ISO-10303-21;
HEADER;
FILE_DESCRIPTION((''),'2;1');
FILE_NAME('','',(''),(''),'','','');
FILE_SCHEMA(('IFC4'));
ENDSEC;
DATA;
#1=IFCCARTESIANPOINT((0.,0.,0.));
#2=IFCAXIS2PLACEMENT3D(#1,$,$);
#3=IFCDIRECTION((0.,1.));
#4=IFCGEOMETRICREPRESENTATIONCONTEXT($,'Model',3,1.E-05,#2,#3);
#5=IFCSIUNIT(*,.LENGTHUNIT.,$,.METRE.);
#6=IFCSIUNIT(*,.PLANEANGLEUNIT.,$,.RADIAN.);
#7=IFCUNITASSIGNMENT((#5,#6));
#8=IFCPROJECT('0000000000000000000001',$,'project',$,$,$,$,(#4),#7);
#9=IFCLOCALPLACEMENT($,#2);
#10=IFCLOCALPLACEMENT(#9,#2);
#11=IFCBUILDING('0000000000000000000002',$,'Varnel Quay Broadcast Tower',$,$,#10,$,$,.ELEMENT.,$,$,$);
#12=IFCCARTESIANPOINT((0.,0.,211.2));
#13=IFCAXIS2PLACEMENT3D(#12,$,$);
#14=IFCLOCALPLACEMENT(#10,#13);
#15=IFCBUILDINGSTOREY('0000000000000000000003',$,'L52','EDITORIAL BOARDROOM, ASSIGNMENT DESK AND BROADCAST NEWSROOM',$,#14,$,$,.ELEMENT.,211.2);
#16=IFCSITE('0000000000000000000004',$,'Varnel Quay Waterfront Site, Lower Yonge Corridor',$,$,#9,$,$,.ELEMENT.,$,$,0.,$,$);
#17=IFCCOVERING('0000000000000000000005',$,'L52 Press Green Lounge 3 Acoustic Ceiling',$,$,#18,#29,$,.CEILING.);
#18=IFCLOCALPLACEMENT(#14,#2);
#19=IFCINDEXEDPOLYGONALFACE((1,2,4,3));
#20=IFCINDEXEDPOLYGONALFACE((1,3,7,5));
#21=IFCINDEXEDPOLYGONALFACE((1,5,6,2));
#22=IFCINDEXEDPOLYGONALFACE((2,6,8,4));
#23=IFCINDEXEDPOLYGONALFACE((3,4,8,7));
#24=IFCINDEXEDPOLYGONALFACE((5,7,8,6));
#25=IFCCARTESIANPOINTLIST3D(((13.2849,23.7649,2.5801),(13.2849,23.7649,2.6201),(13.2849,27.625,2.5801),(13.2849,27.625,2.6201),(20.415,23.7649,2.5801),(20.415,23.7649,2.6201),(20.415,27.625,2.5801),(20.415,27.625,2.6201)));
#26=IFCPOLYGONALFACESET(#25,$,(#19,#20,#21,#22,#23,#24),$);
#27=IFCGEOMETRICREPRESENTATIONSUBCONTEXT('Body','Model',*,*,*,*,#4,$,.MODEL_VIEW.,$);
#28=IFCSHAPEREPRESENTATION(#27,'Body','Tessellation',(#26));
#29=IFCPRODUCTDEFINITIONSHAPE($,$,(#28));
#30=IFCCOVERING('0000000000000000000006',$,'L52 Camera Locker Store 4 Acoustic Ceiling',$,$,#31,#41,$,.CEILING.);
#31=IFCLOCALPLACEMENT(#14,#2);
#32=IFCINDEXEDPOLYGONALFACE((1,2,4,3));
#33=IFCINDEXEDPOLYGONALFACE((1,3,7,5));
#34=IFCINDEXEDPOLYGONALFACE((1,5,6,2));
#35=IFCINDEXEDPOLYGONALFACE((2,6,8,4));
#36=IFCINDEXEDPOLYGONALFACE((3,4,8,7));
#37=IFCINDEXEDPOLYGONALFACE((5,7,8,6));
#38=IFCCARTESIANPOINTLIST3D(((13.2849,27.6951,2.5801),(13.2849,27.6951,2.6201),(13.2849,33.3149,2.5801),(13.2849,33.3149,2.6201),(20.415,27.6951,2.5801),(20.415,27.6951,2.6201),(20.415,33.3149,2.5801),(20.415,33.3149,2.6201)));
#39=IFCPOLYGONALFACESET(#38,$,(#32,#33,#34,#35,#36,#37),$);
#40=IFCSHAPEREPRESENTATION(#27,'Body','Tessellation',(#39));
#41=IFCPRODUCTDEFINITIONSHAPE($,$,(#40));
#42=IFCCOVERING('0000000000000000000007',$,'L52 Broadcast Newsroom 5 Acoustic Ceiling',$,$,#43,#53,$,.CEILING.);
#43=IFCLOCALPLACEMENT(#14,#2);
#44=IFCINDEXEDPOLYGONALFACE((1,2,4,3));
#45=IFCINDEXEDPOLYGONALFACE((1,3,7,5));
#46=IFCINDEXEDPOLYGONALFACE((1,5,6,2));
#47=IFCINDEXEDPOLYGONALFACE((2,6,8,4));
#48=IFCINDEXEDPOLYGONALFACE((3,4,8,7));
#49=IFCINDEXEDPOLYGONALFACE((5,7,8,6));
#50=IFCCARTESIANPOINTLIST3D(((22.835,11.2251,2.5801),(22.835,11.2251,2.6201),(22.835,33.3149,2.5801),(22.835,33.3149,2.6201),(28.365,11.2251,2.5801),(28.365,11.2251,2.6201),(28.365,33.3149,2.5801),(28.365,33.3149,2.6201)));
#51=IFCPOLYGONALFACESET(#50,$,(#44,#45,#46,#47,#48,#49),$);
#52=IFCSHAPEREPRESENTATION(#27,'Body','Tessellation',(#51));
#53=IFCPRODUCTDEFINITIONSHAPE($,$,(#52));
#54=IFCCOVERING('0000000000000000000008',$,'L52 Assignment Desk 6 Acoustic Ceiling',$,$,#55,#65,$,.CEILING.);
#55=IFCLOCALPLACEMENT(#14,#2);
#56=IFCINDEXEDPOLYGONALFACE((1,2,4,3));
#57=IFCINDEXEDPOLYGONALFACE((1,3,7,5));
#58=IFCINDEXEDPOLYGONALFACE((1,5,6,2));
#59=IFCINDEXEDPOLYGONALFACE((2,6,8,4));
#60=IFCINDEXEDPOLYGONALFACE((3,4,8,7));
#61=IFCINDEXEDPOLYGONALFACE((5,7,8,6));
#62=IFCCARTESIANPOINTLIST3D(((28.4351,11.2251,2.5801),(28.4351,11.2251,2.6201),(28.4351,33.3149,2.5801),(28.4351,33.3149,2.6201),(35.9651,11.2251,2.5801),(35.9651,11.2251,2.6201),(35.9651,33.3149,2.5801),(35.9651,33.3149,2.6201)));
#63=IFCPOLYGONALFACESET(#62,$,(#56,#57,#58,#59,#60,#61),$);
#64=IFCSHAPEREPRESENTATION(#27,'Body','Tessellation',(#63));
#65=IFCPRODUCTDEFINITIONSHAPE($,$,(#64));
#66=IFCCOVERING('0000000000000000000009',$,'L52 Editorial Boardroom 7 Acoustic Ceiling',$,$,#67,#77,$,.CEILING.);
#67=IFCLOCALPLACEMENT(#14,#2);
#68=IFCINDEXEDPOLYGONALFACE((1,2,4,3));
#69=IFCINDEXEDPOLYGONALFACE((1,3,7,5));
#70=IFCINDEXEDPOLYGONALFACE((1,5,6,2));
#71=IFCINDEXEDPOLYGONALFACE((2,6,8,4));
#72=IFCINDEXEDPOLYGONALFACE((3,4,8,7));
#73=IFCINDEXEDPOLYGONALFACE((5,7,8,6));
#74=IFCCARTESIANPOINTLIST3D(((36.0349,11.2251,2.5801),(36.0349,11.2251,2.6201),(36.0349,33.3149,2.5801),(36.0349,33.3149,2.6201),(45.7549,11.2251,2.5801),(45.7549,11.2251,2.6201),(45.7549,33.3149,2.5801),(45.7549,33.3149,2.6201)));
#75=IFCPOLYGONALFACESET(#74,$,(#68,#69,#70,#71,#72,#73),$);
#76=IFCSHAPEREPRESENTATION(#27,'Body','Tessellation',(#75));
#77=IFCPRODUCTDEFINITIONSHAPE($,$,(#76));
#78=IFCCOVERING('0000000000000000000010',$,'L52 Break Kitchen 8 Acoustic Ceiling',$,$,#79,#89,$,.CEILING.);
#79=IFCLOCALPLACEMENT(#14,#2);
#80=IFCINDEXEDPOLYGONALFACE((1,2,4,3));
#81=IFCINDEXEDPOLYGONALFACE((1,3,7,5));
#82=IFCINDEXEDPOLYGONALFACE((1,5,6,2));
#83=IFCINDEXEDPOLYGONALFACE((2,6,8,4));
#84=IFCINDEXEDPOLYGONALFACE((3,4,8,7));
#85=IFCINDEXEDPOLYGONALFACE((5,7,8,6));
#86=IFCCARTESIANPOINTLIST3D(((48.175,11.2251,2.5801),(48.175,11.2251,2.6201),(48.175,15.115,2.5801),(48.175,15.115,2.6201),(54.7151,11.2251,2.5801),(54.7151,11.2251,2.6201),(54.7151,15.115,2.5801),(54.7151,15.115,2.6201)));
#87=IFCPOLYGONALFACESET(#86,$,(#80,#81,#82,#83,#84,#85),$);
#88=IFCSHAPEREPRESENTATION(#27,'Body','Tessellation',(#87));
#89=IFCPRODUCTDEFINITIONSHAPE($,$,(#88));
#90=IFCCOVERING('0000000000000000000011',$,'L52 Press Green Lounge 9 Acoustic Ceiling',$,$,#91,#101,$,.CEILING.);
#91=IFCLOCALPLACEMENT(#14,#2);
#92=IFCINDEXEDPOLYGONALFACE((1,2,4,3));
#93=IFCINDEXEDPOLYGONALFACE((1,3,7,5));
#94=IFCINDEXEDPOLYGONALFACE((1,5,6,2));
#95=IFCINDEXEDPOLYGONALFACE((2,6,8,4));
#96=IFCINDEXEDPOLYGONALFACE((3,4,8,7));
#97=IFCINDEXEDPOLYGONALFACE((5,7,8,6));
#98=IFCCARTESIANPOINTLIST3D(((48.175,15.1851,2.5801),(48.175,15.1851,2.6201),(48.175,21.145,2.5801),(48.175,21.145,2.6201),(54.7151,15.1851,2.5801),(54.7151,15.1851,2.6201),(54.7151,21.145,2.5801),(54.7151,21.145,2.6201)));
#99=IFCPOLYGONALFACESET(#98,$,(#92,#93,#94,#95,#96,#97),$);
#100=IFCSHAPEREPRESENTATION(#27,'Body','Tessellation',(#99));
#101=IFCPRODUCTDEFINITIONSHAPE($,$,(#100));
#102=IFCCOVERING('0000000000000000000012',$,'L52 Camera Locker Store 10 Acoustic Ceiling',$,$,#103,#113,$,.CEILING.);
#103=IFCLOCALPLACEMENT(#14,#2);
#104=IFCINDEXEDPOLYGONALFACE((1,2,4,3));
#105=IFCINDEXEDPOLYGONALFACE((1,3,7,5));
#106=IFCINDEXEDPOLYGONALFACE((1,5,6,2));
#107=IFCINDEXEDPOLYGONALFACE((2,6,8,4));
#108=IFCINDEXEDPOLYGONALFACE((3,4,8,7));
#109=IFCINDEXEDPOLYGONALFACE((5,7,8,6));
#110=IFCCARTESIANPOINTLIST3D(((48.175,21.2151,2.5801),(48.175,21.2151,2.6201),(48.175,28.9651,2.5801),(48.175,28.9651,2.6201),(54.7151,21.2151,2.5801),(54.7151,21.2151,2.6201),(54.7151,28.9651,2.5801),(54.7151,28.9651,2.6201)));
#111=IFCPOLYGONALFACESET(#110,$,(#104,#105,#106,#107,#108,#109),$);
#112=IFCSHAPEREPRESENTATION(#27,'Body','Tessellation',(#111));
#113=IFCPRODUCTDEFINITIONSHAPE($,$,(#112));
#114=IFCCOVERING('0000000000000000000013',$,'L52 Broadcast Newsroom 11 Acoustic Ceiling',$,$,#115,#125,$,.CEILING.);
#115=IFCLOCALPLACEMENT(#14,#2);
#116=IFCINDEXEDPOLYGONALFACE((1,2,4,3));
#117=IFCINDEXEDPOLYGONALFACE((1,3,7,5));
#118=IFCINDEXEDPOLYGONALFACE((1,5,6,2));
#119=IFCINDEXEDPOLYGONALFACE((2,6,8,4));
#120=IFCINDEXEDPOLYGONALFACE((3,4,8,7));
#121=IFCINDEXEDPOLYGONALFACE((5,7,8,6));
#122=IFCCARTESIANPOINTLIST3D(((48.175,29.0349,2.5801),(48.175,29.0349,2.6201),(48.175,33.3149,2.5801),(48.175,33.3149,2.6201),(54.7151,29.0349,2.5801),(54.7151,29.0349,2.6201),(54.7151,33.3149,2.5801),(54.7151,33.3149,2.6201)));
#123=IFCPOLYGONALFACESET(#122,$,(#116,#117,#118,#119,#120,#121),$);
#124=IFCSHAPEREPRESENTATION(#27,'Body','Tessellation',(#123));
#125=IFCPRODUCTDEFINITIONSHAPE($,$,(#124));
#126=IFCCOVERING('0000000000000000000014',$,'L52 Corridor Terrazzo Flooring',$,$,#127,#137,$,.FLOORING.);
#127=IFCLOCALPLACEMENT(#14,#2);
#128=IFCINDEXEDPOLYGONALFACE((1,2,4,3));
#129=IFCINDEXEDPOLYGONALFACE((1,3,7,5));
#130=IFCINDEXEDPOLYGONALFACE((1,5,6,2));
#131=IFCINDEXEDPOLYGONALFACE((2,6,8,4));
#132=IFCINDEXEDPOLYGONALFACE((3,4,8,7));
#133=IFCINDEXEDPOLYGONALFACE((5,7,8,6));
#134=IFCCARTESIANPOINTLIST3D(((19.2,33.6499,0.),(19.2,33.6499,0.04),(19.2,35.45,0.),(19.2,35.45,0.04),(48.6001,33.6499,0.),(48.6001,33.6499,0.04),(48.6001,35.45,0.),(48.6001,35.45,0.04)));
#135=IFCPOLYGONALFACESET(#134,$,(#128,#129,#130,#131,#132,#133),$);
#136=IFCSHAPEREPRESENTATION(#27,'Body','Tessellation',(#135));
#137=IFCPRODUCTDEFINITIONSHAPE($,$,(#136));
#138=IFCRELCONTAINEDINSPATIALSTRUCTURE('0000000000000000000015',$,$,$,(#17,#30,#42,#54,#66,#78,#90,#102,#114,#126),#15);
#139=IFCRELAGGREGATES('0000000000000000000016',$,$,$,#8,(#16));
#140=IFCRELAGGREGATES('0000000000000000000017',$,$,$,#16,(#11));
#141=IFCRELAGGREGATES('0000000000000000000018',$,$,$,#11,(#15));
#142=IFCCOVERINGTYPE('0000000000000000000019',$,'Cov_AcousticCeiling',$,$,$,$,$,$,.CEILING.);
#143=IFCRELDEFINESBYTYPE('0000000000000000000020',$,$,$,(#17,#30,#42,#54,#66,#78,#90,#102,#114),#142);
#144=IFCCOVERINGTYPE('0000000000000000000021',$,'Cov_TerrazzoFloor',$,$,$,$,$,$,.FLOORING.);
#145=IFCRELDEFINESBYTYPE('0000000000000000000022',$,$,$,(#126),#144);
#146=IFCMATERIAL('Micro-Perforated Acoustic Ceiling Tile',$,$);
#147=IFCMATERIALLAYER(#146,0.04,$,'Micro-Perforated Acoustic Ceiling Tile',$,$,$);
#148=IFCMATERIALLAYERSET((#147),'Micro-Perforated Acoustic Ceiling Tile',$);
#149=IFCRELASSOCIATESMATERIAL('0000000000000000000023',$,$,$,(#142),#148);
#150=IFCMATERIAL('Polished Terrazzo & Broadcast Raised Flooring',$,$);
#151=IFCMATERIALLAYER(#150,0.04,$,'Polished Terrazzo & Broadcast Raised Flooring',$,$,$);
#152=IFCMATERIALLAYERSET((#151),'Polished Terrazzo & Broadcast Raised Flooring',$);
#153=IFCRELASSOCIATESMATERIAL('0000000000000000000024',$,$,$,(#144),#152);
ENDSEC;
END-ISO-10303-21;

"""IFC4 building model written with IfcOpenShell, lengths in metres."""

from ifc_helpers import new_model, si_unit, direction, frame, origin, place, context, subcontext, project, spatial, polyline, outline, extrude, material, layer, layer_set, type_object, element, save


model = new_model("IFC4")

# Units and contexts
model_context = context("Model", 3, precision=1e-05, world=origin(), true_north=direction((0.0, 1.0)))
body_context = subcontext(model_context, "Body", "Model", "MODEL_VIEW")
ifc_project = project(units=[si_unit("LENGTHUNIT", "METRE"), si_unit("PLANEANGLEUNIT", "RADIAN")], contexts=[model_context])

# Site, building, storey
site_placement = place(None, origin())
site = spatial("IfcSite", under=ifc_project, at=site_placement, Name="Varnel Quay Waterfront Site, Lower Yonge Corridor", CompositionType="ELEMENT", RefElevation=0.0)
building_placement = place(site_placement, origin())
building = spatial("IfcBuilding", under=site, at=building_placement, Name="Varnel Quay Broadcast Tower", CompositionType="ELEMENT")
storey_placement = place(building_placement, frame((0.0, 0.0, 211.2)))
storey = spatial("IfcBuildingStorey", under=building, at=storey_placement, Name="L52", Description="EDITORIAL BOARDROOM, ASSIGNMENT DESK AND BROADCAST NEWSROOM", CompositionType="ELEMENT", Elevation=211.2)

# Coverings
ifc_material_1 = material(Name="Micro-Perforated Acoustic Ceiling Tile")
ifc_layer_1 = layer(ifc_material_1, 0.04, Name="Micro-Perforated Acoustic Ceiling Tile")
ifc_layer_set_1 = layer_set([ifc_layer_1], Name="Micro-Perforated Acoustic Ceiling Tile")
covering_type_1 = type_object("IfcCoveringType", Name="Cov_AcousticCeiling", PredefinedType="CEILING", material=ifc_layer_set_1)
covering_1_placement = place(storey_placement, frame((0.0, 0.0, 2.5801)))
element("IfcCovering", 1, at=covering_1_placement, inside=storey, type_object=covering_type_1, Name="L52 Press Green Lounge 3 Acoustic Ceiling", PredefinedType="CEILING", context=body_context, shape_type="SweptSolid", body=[
    extrude(outline(polyline([(13.2849, 23.7649), (20.415, 23.7649), (20.415, 27.625), (13.2849, 27.625), (13.2849, 23.7649)])), origin(), (0.0, 0.0, 1.0), 0.04),
])
covering_2_placement = place(storey_placement, frame((0.0, 0.0, 2.5801)))
element("IfcCovering", 2, at=covering_2_placement, inside=storey, type_object=covering_type_1, Name="L52 Camera Locker Store 4 Acoustic Ceiling", PredefinedType="CEILING", context=body_context, shape_type="SweptSolid", body=[
    extrude(outline(polyline([(13.2849, 27.6951), (20.415, 27.6951), (20.415, 33.3149), (13.2849, 33.3149), (13.2849, 27.6951)])), origin(), (0.0, 0.0, 1.0), 0.04),
])
covering_3_placement = place(storey_placement, frame((0.0, 0.0, 2.5801)))
element("IfcCovering", 3, at=covering_3_placement, inside=storey, type_object=covering_type_1, Name="L52 Broadcast Newsroom 5 Acoustic Ceiling", PredefinedType="CEILING", context=body_context, shape_type="SweptSolid", body=[
    extrude(outline(polyline([(22.835, 11.2251), (28.365, 11.2251), (28.365, 33.3149), (22.835, 33.3149), (22.835, 11.2251)])), origin(), (0.0, 0.0, 1.0), 0.04),
])
covering_4_placement = place(storey_placement, frame((0.0, 0.0, 2.5801)))
element("IfcCovering", 4, at=covering_4_placement, inside=storey, type_object=covering_type_1, Name="L52 Assignment Desk 6 Acoustic Ceiling", PredefinedType="CEILING", context=body_context, shape_type="SweptSolid", body=[
    extrude(outline(polyline([(28.4351, 11.2251), (35.9651, 11.2251), (35.9651, 33.3149), (28.4351, 33.3149), (28.4351, 11.2251)])), origin(), (0.0, 0.0, 1.0), 0.04),
])
covering_5_placement = place(storey_placement, frame((0.0, 0.0, 2.5801)))
element("IfcCovering", 5, at=covering_5_placement, inside=storey, type_object=covering_type_1, Name="L52 Editorial Boardroom 7 Acoustic Ceiling", PredefinedType="CEILING", context=body_context, shape_type="SweptSolid", body=[
    extrude(outline(polyline([(36.0349, 11.2251), (45.7549, 11.2251), (45.7549, 33.3149), (36.0349, 33.3149), (36.0349, 11.2251)])), origin(), (0.0, 0.0, 1.0), 0.04),
])
covering_6_placement = place(storey_placement, frame((0.0, 0.0, 2.5801)))
element("IfcCovering", 6, at=covering_6_placement, inside=storey, type_object=covering_type_1, Name="L52 Break Kitchen 8 Acoustic Ceiling", PredefinedType="CEILING", context=body_context, shape_type="SweptSolid", body=[
    extrude(outline(polyline([(48.175, 11.2251), (54.7151, 11.2251), (54.7151, 15.115), (48.175, 15.115), (48.175, 11.2251)])), origin(), (0.0, 0.0, 1.0), 0.04),
])
covering_7_placement = place(storey_placement, frame((0.0, 0.0, 2.5801)))
element("IfcCovering", 7, at=covering_7_placement, inside=storey, type_object=covering_type_1, Name="L52 Press Green Lounge 9 Acoustic Ceiling", PredefinedType="CEILING", context=body_context, shape_type="SweptSolid", body=[
    extrude(outline(polyline([(48.175, 15.1851), (54.7151, 15.1851), (54.7151, 21.145), (48.175, 21.145), (48.175, 15.1851)])), origin(), (0.0, 0.0, 1.0), 0.04),
])
covering_8_placement = place(storey_placement, frame((0.0, 0.0, 2.5801)))
element("IfcCovering", 8, at=covering_8_placement, inside=storey, type_object=covering_type_1, Name="L52 Camera Locker Store 10 Acoustic Ceiling", PredefinedType="CEILING", context=body_context, shape_type="SweptSolid", body=[
    extrude(outline(polyline([(48.175, 21.2151), (54.7151, 21.2151), (54.7151, 28.9651), (48.175, 28.9651), (48.175, 21.2151)])), origin(), (0.0, 0.0, 1.0), 0.04),
])
covering_9_placement = place(storey_placement, frame((0.0, 0.0, 2.5801)))
element("IfcCovering", 9, at=covering_9_placement, inside=storey, type_object=covering_type_1, Name="L52 Broadcast Newsroom 11 Acoustic Ceiling", PredefinedType="CEILING", context=body_context, shape_type="SweptSolid", body=[
    extrude(outline(polyline([(48.175, 29.0349), (54.7151, 29.0349), (54.7151, 33.3149), (48.175, 33.3149), (48.175, 29.0349)])), origin(), (0.0, 0.0, 1.0), 0.04),
])
ifc_material_2 = material(Name="Polished Terrazzo & Broadcast Raised Flooring")
ifc_layer_2 = layer(ifc_material_2, 0.04, Name="Polished Terrazzo & Broadcast Raised Flooring")
ifc_layer_set_2 = layer_set([ifc_layer_2], Name="Polished Terrazzo & Broadcast Raised Flooring")
covering_type_2 = type_object("IfcCoveringType", Name="Cov_TerrazzoFloor", PredefinedType="FLOORING", material=ifc_layer_set_2)
covering_10_placement = place(storey_placement, origin())
element("IfcCovering", 10, at=covering_10_placement, inside=storey, type_object=covering_type_2, Name="L52 Corridor Terrazzo Flooring", PredefinedType="FLOORING", context=body_context, shape_type="SweptSolid", body=[
    extrude(outline(polyline([(19.2, 33.6499), (48.6001, 33.6499), (48.6001, 35.45), (19.2, 35.45), (19.2, 33.6499)])), origin(), (0.0, 0.0, 1.0), 0.04),
])

save(model, "model.ifc")
